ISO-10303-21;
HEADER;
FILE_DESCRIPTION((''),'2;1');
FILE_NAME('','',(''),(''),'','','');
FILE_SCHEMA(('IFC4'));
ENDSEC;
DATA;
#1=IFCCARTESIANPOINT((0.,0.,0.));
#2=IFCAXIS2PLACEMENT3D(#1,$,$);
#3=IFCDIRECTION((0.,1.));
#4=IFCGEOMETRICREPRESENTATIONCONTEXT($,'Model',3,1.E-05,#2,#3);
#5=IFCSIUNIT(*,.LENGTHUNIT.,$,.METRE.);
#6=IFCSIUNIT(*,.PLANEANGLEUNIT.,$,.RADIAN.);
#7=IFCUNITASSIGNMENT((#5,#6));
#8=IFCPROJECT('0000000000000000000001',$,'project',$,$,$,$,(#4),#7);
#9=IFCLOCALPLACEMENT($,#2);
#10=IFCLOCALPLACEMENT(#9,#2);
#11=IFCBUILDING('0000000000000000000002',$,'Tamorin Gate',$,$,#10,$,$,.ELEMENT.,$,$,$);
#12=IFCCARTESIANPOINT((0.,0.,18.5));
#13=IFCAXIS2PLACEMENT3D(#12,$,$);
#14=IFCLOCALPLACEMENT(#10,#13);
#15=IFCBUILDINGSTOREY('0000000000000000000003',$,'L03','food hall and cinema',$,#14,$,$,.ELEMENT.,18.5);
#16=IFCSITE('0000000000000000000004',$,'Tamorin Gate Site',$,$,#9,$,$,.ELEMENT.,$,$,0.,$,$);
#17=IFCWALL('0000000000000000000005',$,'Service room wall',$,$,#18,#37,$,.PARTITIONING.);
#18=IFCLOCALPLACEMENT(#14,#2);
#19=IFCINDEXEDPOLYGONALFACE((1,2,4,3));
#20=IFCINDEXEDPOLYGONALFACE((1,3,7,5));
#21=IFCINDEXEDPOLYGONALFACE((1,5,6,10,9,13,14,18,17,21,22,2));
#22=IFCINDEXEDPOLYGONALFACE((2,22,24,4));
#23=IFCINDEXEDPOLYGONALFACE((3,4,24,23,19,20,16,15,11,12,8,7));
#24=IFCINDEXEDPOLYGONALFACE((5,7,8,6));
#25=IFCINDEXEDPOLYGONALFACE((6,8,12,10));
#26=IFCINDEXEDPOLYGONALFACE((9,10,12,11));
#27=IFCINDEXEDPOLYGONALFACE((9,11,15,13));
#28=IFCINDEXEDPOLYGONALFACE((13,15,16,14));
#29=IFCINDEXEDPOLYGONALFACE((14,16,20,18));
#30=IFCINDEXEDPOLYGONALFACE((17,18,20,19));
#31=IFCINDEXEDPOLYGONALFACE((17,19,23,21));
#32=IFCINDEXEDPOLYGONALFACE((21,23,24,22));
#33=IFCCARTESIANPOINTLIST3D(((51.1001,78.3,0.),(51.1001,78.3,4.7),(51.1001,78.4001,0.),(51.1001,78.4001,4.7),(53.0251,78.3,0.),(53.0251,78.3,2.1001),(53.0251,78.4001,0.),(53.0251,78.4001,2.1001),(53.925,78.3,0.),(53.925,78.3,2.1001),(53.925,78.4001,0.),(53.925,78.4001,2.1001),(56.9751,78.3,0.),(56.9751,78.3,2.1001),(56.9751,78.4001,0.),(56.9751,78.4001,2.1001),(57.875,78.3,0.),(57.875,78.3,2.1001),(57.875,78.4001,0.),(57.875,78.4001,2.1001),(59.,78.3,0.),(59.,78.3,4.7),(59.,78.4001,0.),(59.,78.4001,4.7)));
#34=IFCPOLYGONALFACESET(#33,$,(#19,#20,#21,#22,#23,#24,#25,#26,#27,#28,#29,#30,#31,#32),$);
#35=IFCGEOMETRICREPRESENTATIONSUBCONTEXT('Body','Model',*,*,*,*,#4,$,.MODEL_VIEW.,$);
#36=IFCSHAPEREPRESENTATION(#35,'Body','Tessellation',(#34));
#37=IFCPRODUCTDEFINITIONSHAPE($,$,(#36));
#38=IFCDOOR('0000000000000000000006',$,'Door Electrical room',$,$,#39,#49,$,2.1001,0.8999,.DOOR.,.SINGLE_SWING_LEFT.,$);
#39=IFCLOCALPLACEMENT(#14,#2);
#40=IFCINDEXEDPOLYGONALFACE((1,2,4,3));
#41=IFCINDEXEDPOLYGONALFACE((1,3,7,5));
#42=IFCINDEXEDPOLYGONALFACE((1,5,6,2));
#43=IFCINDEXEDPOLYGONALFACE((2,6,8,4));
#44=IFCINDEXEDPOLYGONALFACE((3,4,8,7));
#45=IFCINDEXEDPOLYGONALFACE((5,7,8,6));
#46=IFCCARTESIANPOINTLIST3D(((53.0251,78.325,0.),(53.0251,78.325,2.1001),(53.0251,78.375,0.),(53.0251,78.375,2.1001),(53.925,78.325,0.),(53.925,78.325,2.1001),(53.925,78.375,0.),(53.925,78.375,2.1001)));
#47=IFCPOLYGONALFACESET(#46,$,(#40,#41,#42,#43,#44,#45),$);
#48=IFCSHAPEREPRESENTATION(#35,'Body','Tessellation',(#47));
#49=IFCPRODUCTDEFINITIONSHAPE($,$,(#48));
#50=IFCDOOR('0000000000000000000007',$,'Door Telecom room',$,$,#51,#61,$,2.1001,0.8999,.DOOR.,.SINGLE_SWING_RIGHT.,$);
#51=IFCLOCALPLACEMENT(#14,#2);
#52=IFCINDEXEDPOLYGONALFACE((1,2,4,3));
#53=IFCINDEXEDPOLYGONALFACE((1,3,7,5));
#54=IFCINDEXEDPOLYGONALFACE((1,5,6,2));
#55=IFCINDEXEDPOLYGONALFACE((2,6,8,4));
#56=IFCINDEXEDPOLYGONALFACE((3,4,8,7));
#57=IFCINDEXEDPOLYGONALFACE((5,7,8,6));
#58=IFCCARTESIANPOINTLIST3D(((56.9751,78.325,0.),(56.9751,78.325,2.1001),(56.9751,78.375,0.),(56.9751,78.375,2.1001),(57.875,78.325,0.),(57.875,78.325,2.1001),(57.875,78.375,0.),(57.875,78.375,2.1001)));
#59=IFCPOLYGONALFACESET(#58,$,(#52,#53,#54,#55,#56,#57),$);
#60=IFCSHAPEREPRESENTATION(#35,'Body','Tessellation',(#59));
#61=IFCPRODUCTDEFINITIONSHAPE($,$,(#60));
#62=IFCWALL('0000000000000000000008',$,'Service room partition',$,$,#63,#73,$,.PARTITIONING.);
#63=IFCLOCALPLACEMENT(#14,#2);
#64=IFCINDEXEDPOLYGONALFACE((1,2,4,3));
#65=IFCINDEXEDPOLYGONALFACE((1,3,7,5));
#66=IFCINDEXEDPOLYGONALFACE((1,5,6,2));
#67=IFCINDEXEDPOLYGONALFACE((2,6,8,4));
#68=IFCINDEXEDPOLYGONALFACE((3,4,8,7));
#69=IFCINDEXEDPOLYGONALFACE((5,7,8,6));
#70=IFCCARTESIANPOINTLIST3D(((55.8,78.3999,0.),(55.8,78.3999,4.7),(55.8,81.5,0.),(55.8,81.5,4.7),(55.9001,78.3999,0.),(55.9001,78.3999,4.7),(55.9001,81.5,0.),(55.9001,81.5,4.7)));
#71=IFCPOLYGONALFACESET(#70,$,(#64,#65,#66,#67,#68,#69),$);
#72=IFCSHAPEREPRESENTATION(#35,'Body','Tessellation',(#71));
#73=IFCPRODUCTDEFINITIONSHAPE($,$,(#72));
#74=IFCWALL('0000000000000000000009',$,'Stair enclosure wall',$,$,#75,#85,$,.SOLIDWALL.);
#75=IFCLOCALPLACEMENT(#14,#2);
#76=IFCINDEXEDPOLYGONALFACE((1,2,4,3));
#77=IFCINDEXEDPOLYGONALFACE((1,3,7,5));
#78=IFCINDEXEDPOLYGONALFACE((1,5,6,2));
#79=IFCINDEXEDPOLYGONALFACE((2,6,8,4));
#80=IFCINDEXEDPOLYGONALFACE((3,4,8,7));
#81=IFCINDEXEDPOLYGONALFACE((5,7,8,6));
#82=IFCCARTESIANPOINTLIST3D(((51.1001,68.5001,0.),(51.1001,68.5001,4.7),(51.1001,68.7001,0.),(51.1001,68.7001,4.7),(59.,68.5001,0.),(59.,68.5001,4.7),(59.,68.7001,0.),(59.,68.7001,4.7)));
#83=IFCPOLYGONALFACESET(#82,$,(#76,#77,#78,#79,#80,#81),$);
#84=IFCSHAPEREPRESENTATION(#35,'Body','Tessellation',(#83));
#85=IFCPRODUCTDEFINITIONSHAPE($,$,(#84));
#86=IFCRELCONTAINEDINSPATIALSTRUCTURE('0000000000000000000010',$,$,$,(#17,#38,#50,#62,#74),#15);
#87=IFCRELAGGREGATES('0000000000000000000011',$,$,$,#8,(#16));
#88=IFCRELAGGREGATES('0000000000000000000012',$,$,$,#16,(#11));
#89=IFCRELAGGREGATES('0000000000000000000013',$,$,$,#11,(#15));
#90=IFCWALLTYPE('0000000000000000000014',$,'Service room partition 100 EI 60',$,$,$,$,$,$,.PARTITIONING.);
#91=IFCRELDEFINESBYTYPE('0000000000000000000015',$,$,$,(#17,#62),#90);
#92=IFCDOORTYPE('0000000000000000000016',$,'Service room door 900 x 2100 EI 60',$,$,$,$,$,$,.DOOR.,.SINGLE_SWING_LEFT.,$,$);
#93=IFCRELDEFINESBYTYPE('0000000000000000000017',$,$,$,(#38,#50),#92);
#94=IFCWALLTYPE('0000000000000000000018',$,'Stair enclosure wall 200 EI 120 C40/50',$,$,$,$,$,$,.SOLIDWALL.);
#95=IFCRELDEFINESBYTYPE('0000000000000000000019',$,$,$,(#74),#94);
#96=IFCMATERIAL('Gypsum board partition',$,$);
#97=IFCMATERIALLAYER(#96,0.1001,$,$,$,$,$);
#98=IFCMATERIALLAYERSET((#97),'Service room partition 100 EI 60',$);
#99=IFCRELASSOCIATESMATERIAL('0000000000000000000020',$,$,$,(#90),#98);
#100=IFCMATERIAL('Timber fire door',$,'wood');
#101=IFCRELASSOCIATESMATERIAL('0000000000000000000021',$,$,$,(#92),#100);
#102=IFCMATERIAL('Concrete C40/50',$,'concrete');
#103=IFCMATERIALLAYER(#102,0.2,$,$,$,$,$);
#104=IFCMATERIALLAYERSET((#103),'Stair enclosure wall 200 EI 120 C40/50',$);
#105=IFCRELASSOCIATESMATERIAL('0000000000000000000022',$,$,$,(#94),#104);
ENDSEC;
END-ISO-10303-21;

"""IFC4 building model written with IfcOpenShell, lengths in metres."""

from ifc_helpers import new_model, si_unit, direction, frame, frame_2d, origin, place, context, subcontext, project, spatial, rectangle, extrude, material, layer, layer_set, type_object, element, fill, save


model = new_model("IFC4")

# Units and contexts
model_context = context("Model", 3, precision=1e-05, world=origin(), true_north=direction((0.0, 1.0)))
body_context = subcontext(model_context, "Body", "Model", "MODEL_VIEW")
ifc_project = project(units=[si_unit("LENGTHUNIT", "METRE"), si_unit("PLANEANGLEUNIT", "RADIAN")], contexts=[model_context])

# Site, building, storey
site_placement = place(None, origin())
site = spatial("IfcSite", under=ifc_project, at=site_placement, Name="Tamorin Gate Site", CompositionType="ELEMENT", RefElevation=0.0)
building_placement = place(site_placement, origin())
building = spatial("IfcBuilding", under=site, at=building_placement, Name="Tamorin Gate", CompositionType="ELEMENT")
storey_placement = place(building_placement, frame((0.0, 0.0, 18.5)))
storey = spatial("IfcBuildingStorey", under=building, at=storey_placement, Name="L03", Description="food hall and cinema", CompositionType="ELEMENT", Elevation=18.5)

# Shared definitions
ifc_material_1 = material(Name="Gypsum board partition")
ifc_layer_1 = layer(ifc_material_1, 0.1001)
ifc_layer_set_1 = layer_set([ifc_layer_1], Name="Service room partition 100 EI 60")
wall_type_1 = type_object("IfcWallType", Name="Service room partition 100 EI 60", PredefinedType="PARTITIONING", material=ifc_layer_set_1)

# Wall, openings, doors
wall_1_placement = place(storey_placement, frame((51.1001, 78.3501, 0.0), z_axis=(0.0, 0.0, 1.0), x_axis=(1.0, 0.0, 0.0)))
wall_1 = element("IfcWall", 1, at=wall_1_placement, inside=storey, type_object=wall_type_1, Name="Service room wall", PredefinedType="PARTITIONING", context=body_context, shape_type="SweptSolid", body=[
    extrude(rectangle(XDim=7.8999, YDim=0.1001, at=frame_2d((3.95, 0.0))), origin(), (0.0, 0.0, 1.0), 4.7),
])
opening_1_placement = place(wall_1_placement, frame((1.925, 0.0, 0.0)))
opening_1 = element("IfcOpeningElement", 2, at=opening_1_placement, cuts=wall_1, PredefinedType="OPENING", context=body_context, shape_type="SweptSolid", body=[
    extrude(rectangle(XDim=0.8999, YDim=2.1001, at=frame_2d((0.45, 1.05))), frame((0.0, 0.0601, 0.0), z_axis=(0.0, -1.0, 0.0), x_axis=(1.0, 0.0, 0.0)), (0.0, 0.0, 1.0), 0.1201),
])
opening_2_placement = place(wall_1_placement, frame((5.875, 0.0, 0.0)))
opening_2 = element("IfcOpeningElement", 3, at=opening_2_placement, cuts=wall_1, PredefinedType="OPENING", context=body_context, shape_type="SweptSolid", body=[
    extrude(rectangle(XDim=0.8999, YDim=2.1001, at=frame_2d((0.45, 1.05))), frame((0.0, 0.0601, 0.0), z_axis=(0.0, -1.0, 0.0), x_axis=(1.0, 0.0, 0.0)), (0.0, 0.0, 1.0), 0.1201),
])
ifc_material_2 = material(Name="Timber fire door", Category="wood")
door_type_1 = type_object("IfcDoorType", Name="Service room door 900 x 2100 EI 60", OperationType="SINGLE_SWING_LEFT", PredefinedType="DOOR", material=ifc_material_2)
door_1_placement = place(opening_1_placement, origin())
door_1 = element("IfcDoor", 4, at=door_1_placement, inside=storey, type_object=door_type_1, Name="Door Electrical room", OperationType="SINGLE_SWING_LEFT", OverallHeight=2.1001, OverallWidth=0.8999, PredefinedType="DOOR", context=body_context, shape_type="SweptSolid", body=[
    extrude(rectangle(XDim=0.8999, YDim=2.1001, at=frame_2d((0.45, 1.05))), frame((0.0, 0.0249, 0.0), z_axis=(0.0, -1.0, 0.0), x_axis=(1.0, 0.0, 0.0)), (0.0, 0.0, 1.0), 0.05),
])
fill(opening_1, door_1)
door_2_placement = place(opening_2_placement, origin())
door_2 = element("IfcDoor", 5, at=door_2_placement, inside=storey, type_object=door_type_1, Name="Door Telecom room", OperationType="SINGLE_SWING_RIGHT", OverallHeight=2.1001, OverallWidth=0.8999, PredefinedType="DOOR", context=body_context, shape_type="SweptSolid", body=[
    extrude(rectangle(XDim=0.8999, YDim=2.1001, at=frame_2d((0.45, 1.05))), frame((0.0, 0.0249, 0.0), z_axis=(0.0, -1.0, 0.0), x_axis=(1.0, 0.0, 0.0)), (0.0, 0.0, 1.0), 0.05),
])
fill(opening_2, door_2)

# Walls
wall_2_placement = place(storey_placement, frame((55.8501, 78.3999, 0.0), z_axis=(0.0, 0.0, 1.0), x_axis=(0.0, 1.0, 0.0)))
element("IfcWall", 6, at=wall_2_placement, inside=storey, type_object=wall_type_1, Name="Service room partition", PredefinedType="PARTITIONING", context=body_context, shape_type="SweptSolid", body=[
    extrude(rectangle(XDim=3.1001, YDim=0.1001, at=frame_2d((1.55, 0.0))), origin(), (0.0, 0.0, 1.0), 4.7),
])
ifc_material_3 = material(Name="Concrete C40/50", Category="concrete")
ifc_layer_2 = layer(ifc_material_3, 0.2)
ifc_layer_set_2 = layer_set([ifc_layer_2], Name="Stair enclosure wall 200 EI 120 C40/50")
wall_type_2 = type_object("IfcWallType", Name="Stair enclosure wall 200 EI 120 C40/50", PredefinedType="SOLIDWALL", material=ifc_layer_set_2)
wall_3_placement = place(storey_placement, frame((51.1001, 68.6001, 0.0), z_axis=(0.0, 0.0, 1.0), x_axis=(1.0, 0.0, 0.0)))
element("IfcWall", 7, at=wall_3_placement, inside=storey, type_object=wall_type_2, Name="Stair enclosure wall", PredefinedType="SOLIDWALL", context=body_context, shape_type="SweptSolid", body=[
    extrude(rectangle(XDim=7.8999, YDim=0.2, at=frame_2d((3.95, 0.0))), origin(), (0.0, 0.0, 1.0), 4.7),
])

save(model, "model.ifc")
